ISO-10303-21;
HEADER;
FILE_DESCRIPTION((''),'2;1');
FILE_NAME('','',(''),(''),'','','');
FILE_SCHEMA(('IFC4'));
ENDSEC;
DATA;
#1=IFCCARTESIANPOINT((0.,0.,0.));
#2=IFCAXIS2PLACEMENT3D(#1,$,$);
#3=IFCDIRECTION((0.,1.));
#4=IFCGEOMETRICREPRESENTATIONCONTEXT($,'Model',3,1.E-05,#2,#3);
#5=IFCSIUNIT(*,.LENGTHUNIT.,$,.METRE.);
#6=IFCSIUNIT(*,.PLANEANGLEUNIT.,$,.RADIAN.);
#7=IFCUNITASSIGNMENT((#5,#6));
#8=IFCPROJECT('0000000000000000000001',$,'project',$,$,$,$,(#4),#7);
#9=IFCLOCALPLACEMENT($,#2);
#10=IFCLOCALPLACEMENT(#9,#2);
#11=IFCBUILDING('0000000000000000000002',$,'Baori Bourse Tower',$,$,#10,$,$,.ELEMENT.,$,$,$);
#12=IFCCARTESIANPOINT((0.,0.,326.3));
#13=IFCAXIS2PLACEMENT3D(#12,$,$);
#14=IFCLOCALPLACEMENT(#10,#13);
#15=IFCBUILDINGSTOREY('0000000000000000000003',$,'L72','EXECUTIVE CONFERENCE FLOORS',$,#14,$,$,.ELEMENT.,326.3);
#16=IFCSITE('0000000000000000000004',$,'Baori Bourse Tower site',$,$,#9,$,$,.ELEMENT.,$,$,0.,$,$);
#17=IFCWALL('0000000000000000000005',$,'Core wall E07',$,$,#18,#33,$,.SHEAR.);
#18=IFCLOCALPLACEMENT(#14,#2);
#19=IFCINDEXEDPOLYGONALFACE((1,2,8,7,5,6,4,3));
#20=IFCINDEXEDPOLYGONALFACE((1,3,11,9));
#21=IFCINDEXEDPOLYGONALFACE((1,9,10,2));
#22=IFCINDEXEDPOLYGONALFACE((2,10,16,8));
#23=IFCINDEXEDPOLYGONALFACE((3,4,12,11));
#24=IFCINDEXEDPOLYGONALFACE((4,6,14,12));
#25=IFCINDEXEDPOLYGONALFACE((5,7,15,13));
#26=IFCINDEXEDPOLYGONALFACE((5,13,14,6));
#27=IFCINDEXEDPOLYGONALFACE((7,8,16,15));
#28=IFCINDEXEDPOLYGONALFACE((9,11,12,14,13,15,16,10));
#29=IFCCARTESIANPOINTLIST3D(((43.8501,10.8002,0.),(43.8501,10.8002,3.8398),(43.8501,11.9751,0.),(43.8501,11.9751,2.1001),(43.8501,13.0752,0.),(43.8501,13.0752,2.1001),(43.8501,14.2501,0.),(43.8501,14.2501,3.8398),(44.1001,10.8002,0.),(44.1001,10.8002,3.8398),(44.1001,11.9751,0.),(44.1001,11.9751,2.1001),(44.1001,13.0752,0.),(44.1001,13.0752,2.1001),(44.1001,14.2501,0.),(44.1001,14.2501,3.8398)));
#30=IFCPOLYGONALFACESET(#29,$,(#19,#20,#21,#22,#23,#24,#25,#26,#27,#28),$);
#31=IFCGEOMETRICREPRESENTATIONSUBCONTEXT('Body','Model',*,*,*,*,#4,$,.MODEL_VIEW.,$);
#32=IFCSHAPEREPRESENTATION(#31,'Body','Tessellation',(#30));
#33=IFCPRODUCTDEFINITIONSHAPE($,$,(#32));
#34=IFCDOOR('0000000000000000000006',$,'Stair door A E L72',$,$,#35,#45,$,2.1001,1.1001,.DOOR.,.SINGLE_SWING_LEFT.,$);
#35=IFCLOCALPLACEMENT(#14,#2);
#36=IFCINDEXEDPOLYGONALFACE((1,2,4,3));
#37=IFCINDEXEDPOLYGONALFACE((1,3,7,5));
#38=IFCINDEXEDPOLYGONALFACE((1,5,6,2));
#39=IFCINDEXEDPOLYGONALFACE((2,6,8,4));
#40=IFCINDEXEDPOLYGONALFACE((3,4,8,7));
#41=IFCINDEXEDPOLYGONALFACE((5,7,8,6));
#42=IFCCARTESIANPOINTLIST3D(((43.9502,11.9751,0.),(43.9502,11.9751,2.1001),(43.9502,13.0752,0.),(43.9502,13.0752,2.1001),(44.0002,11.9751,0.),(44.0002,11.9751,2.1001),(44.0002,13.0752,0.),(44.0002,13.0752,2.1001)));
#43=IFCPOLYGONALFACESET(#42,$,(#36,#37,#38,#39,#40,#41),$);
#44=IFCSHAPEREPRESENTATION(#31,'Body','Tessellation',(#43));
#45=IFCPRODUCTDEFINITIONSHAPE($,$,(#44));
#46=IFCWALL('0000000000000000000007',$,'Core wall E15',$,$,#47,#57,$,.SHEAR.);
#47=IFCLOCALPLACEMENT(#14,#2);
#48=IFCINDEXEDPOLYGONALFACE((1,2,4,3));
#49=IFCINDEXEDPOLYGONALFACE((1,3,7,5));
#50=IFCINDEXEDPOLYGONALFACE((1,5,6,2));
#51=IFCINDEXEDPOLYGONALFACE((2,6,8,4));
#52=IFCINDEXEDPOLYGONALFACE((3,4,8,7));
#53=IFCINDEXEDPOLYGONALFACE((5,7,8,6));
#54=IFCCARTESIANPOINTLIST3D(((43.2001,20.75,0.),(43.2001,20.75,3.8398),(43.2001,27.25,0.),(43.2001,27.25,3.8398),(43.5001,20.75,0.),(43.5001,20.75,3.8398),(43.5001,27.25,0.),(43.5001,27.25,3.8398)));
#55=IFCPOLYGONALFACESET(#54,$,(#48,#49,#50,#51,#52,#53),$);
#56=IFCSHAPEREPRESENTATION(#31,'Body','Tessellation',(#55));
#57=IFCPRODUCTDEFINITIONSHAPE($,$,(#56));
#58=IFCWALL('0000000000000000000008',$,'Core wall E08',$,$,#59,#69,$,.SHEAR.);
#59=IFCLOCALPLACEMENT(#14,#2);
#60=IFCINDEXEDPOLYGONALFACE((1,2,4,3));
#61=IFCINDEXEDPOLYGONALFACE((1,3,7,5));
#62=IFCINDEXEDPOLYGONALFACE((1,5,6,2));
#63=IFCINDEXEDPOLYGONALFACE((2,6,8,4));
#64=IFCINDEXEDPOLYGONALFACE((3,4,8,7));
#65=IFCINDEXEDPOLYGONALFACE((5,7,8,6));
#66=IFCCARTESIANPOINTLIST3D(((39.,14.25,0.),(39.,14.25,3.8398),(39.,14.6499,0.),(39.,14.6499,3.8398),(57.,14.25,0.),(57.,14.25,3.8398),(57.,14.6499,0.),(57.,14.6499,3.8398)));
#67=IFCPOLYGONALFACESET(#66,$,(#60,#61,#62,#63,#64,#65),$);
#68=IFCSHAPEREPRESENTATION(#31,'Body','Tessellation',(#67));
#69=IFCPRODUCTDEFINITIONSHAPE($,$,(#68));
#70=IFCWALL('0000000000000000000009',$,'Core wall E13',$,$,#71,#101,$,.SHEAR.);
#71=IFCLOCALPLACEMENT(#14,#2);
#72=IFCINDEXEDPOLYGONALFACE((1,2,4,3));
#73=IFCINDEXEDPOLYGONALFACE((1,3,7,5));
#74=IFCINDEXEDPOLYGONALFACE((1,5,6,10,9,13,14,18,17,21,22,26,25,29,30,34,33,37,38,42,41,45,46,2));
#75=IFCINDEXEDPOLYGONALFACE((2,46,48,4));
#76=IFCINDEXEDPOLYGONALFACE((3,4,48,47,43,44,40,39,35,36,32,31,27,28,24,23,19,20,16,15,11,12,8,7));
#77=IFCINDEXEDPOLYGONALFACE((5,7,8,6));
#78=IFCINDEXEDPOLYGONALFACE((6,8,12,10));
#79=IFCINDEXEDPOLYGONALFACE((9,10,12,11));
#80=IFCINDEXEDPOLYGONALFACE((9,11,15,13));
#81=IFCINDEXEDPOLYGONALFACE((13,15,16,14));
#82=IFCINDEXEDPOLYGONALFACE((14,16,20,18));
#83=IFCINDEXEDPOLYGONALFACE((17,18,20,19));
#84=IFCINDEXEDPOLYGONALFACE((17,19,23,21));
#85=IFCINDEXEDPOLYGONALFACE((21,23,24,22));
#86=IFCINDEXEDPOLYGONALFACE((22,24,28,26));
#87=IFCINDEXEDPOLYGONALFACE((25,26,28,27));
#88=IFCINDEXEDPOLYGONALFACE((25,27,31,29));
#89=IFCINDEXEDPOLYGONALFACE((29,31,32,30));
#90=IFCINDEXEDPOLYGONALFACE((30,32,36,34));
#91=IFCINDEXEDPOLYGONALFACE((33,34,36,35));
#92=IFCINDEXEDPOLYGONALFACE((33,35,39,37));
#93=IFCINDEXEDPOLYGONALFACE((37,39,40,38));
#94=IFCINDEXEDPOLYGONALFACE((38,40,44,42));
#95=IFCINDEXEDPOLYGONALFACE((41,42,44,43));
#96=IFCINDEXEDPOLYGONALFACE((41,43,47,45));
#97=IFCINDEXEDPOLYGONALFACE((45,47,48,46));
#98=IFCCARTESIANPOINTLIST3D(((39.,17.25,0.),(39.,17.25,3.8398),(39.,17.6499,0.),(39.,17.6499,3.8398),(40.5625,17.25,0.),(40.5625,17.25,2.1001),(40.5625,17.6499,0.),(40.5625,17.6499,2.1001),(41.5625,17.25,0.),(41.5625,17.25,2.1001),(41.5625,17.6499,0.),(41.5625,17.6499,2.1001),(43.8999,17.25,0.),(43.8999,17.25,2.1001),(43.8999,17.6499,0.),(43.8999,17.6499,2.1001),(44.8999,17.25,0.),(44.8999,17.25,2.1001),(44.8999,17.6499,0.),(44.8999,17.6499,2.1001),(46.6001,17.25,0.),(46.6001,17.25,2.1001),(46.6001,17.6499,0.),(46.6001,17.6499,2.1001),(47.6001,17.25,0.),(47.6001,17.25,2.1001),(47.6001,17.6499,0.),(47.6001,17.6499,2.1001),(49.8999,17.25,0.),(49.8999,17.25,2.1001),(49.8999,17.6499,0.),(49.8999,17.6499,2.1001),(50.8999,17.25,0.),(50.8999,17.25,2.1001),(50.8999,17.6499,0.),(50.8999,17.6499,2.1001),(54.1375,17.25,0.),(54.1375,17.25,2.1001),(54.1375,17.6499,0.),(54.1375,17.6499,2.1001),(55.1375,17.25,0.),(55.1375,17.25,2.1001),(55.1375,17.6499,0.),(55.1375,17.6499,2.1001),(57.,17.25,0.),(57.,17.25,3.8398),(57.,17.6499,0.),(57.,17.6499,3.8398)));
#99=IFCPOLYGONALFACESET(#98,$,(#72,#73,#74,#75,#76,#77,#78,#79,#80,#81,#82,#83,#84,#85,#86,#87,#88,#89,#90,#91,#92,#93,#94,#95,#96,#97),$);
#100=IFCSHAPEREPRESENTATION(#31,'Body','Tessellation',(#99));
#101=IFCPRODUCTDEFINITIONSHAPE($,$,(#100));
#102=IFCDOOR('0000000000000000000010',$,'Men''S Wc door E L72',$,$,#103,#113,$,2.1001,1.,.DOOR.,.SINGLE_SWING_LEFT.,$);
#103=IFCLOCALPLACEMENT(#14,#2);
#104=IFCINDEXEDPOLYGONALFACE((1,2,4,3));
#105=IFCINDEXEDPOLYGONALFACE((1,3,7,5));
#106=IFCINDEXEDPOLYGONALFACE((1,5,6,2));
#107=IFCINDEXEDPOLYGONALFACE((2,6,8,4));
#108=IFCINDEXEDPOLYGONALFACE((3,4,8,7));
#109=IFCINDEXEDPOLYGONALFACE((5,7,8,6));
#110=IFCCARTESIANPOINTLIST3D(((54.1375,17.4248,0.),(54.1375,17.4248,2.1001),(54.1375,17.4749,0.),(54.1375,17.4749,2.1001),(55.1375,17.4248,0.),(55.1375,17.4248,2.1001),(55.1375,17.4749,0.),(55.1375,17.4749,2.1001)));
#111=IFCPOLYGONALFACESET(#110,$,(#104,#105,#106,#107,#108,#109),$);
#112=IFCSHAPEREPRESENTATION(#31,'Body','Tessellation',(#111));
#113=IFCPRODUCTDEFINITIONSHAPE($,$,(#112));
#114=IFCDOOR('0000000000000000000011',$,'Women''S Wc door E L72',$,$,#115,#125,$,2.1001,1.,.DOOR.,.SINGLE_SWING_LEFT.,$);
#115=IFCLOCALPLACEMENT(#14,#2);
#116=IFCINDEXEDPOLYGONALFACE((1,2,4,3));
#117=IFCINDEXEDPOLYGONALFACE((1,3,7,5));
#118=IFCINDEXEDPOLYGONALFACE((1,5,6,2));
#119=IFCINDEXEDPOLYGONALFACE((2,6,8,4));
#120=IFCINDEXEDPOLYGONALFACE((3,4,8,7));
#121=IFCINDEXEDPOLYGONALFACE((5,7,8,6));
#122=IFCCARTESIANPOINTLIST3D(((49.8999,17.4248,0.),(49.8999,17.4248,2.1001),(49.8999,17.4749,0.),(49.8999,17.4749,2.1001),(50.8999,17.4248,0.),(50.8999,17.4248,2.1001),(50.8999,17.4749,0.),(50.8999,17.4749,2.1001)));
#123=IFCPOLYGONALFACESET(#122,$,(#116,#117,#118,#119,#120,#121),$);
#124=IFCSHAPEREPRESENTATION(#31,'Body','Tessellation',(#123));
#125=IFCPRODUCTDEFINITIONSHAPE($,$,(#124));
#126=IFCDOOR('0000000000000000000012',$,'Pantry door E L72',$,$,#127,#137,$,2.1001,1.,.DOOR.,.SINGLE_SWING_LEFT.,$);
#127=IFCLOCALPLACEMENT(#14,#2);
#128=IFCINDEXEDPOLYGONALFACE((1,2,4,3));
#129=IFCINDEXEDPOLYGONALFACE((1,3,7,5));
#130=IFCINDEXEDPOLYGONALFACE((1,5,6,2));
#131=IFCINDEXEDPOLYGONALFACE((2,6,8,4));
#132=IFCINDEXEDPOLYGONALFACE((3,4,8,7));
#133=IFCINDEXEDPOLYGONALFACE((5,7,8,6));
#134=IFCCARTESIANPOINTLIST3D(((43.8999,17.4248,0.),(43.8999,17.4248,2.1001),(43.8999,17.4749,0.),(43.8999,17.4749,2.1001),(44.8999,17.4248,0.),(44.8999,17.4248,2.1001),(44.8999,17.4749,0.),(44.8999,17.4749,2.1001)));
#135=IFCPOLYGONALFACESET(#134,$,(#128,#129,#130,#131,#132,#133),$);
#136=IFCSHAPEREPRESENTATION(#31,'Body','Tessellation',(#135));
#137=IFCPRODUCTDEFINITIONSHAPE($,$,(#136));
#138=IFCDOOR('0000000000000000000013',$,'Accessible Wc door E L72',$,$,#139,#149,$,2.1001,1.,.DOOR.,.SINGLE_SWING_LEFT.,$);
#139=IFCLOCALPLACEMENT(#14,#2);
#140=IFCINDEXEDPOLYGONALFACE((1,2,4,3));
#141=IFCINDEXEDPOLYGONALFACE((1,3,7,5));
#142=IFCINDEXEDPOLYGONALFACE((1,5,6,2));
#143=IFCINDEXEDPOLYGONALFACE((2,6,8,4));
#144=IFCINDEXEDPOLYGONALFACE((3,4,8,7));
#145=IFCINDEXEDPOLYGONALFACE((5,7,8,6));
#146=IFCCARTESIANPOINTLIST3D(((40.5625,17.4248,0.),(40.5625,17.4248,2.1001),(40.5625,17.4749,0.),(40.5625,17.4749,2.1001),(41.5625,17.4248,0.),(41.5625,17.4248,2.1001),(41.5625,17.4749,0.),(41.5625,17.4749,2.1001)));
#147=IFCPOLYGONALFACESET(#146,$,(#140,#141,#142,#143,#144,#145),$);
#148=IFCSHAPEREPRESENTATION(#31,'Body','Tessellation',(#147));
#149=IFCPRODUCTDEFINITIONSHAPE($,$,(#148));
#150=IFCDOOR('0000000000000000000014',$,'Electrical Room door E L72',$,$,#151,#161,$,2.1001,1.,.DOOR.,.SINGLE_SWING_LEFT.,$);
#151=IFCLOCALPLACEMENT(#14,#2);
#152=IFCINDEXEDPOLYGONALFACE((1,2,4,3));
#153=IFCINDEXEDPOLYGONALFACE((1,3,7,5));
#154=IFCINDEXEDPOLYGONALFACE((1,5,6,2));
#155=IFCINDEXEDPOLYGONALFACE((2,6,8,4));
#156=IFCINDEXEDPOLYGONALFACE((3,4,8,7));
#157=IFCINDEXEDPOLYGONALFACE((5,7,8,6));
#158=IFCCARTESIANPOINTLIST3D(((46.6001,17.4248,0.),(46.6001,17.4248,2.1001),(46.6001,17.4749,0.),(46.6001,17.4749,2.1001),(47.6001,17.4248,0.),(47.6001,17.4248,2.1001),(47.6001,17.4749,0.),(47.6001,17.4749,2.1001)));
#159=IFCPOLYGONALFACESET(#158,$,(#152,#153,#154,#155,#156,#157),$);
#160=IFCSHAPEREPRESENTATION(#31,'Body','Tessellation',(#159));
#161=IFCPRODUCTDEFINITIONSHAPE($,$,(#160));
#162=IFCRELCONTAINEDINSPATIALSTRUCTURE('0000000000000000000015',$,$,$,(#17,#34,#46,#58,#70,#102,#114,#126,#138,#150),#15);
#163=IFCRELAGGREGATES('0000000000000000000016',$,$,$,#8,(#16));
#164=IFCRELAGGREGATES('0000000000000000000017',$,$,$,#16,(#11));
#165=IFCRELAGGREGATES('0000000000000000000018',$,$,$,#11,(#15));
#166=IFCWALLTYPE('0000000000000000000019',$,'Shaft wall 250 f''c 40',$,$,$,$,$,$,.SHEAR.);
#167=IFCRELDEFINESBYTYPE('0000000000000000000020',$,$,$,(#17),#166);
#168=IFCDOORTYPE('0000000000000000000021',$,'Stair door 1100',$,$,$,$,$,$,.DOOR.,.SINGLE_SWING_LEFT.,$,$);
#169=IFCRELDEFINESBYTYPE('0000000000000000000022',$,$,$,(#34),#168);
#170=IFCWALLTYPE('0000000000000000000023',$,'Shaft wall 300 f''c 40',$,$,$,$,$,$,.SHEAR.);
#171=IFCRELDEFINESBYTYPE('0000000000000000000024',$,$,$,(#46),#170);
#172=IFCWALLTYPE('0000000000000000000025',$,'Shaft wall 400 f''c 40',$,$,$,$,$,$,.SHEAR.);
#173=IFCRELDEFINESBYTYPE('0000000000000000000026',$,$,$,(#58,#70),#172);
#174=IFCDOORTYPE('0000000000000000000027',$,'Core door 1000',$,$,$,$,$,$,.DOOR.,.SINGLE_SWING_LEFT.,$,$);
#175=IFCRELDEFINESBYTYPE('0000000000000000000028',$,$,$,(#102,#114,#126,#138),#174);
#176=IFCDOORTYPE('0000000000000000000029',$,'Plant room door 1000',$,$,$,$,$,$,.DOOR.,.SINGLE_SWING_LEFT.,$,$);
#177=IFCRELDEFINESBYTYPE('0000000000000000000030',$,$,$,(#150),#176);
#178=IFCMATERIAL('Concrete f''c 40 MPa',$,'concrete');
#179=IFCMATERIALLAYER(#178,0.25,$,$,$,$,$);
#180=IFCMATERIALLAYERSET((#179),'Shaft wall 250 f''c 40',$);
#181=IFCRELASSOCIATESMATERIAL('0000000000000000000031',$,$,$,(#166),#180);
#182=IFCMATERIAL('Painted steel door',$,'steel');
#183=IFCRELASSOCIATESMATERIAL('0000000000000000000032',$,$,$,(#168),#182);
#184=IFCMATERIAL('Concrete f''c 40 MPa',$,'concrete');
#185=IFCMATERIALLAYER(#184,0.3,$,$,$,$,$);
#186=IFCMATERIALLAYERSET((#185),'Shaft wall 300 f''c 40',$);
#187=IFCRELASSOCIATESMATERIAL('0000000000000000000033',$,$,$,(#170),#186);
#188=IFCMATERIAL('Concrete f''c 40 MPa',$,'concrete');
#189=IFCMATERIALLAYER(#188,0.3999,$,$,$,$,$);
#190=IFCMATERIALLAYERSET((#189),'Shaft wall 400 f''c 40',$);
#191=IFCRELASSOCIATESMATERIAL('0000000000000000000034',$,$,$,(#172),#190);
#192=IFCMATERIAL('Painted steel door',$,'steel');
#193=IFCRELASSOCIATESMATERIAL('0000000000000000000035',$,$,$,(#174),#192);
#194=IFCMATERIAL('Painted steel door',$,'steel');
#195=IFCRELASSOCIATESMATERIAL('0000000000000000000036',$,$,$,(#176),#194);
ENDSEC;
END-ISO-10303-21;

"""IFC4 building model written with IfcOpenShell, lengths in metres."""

from ifc_helpers import new_model, si_unit, direction, frame, frame_2d, origin, place, context, subcontext, project, spatial, rectangle, extrude, material, layer, layer_set, type_object, element, fill, save


model = new_model("IFC4")

# Units and contexts
model_context = context("Model", 3, precision=1e-05, world=origin(), true_north=direction((0.0, 1.0)))
body_context = subcontext(model_context, "Body", "Model", "MODEL_VIEW")
ifc_project = project(units=[si_unit("LENGTHUNIT", "METRE"), si_unit("PLANEANGLEUNIT", "RADIAN")], contexts=[model_context])

# Site, building, storey
site_placement = place(None, origin())
site = spatial("IfcSite", under=ifc_project, at=site_placement, Name="Baori Bourse Tower site", CompositionType="ELEMENT", RefElevation=0.0)
building_placement = place(site_placement, origin())
building = spatial("IfcBuilding", under=site, at=building_placement, Name="Baori Bourse Tower", CompositionType="ELEMENT")
storey_placement = place(building_placement, frame((0.0, 0.0, 326.3)))
storey = spatial("IfcBuildingStorey", under=building, at=storey_placement, Name="L72", Description="EXECUTIVE CONFERENCE FLOORS", CompositionType="ELEMENT", Elevation=326.3)

# Wall, opening, door
ifc_material_1 = material(Name="Concrete f'c 40 MPa", Category="concrete")
ifc_layer_1 = layer(ifc_material_1, 0.25)
ifc_layer_set_1 = layer_set([ifc_layer_1], Name="Shaft wall 250 f'c 40")
wall_type_1 = type_object("IfcWallType", Name="Shaft wall 250 f'c 40", PredefinedType="SHEAR", material=ifc_layer_set_1)
wall_1_placement = place(storey_placement, frame((43.9751, 10.8, 0.0), z_axis=(0.0, 0.0, 1.0), x_axis=(0.0, 1.0, 0.0)))
wall_1 = element("IfcWall", 1, at=wall_1_placement, inside=storey, type_object=wall_type_1, Name="Core wall E07", PredefinedType="SHEAR", context=body_context, shape_type="SweptSolid", body=[
    extrude(rectangle(XDim=3.45, YDim=0.25, at=frame_2d((1.7251, 0.0))), origin(), (0.0, 0.0, 1.0), 3.8398),
])
opening_1_placement = place(wall_1_placement, frame((1.175, 0.0, 0.0)))
opening_1 = element("IfcOpeningElement", 2, at=opening_1_placement, cuts=wall_1, PredefinedType="OPENING", context=body_context, shape_type="SweptSolid", body=[
    extrude(rectangle(XDim=1.1001, YDim=2.1001, at=frame_2d((0.55, 1.05))), frame((0.0, 0.135, 0.0), z_axis=(0.0, -1.0, 0.0), x_axis=(1.0, 0.0, 0.0)), (0.0, 0.0, 1.0), 0.27),
])
ifc_material_2 = material(Name="Painted steel door", Category="steel")
door_type_1 = type_object("IfcDoorType", Name="Stair door 1100", OperationType="SINGLE_SWING_LEFT", PredefinedType="DOOR", material=ifc_material_2)
door_1_placement = place(opening_1_placement, origin())
door_1 = element("IfcDoor", 3, at=door_1_placement, inside=storey, type_object=door_type_1, Name="Stair door A E L72", OperationType="SINGLE_SWING_LEFT", OverallHeight=2.1001, OverallWidth=1.1001, PredefinedType="DOOR", context=body_context, shape_type="SweptSolid", body=[
    extrude(rectangle(XDim=1.1001, YDim=2.1001, at=frame_2d((0.55, 1.05))), frame((0.0, 0.0249, 0.0), z_axis=(0.0, -1.0, 0.0), x_axis=(1.0, 0.0, 0.0)), (0.0, 0.0, 1.0), 0.05),
])
fill(opening_1, door_1)

# Walls
ifc_material_3 = material(Name="Concrete f'c 40 MPa", Category="concrete")
ifc_layer_2 = layer(ifc_material_3, 0.3)
ifc_layer_set_2 = layer_set([ifc_layer_2], Name="Shaft wall 300 f'c 40")
wall_type_2 = type_object("IfcWallType", Name="Shaft wall 300 f'c 40", PredefinedType="SHEAR", material=ifc_layer_set_2)
wall_2_placement = place(storey_placement, frame((43.3501, 20.75, 0.0), z_axis=(0.0, 0.0, 1.0), x_axis=(0.0, 1.0, 0.0)))
element("IfcWall", 4, at=wall_2_placement, inside=storey, type_object=wall_type_2, Name="Core wall E15", PredefinedType="SHEAR", context=body_context, shape_type="SweptSolid", body=[
    extrude(rectangle(XDim=6.5, YDim=0.3, at=frame_2d((3.25, 0.0))), origin(), (0.0, 0.0, 1.0), 3.8398),
])
ifc_material_4 = material(Name="Concrete f'c 40 MPa", Category="concrete")
ifc_layer_3 = layer(ifc_material_4, 0.3999)
ifc_layer_set_3 = layer_set([ifc_layer_3], Name="Shaft wall 400 f'c 40")
wall_type_3 = type_object("IfcWallType", Name="Shaft wall 400 f'c 40", PredefinedType="SHEAR", material=ifc_layer_set_3)
wall_3_placement = place(storey_placement, frame((39.0, 14.45, 0.0), z_axis=(0.0, 0.0, 1.0), x_axis=(1.0, 0.0, 0.0)))
element("IfcWall", 5, at=wall_3_placement, inside=storey, type_object=wall_type_3, Name="Core wall E08", PredefinedType="SHEAR", context=body_context, shape_type="SweptSolid", body=[
    extrude(rectangle(XDim=18.0, YDim=0.3999, at=frame_2d((9.0, 0.0))), origin(), (0.0, 0.0, 1.0), 3.8398),
])

# Wall, openings, doors
wall_4_placement = place(storey_placement, frame((39.0, 17.45, 0.0), z_axis=(0.0, 0.0, 1.0), x_axis=(1.0, 0.0, 0.0)))
wall_4 = element("IfcWall", 6, at=wall_4_placement, inside=storey, type_object=wall_type_3, Name="Core wall E13", PredefinedType="SHEAR", context=body_context, shape_type="SweptSolid", body=[
    extrude(rectangle(XDim=18.0, YDim=0.3999, at=frame_2d((9.0, 0.0))), origin(), (0.0, 0.0, 1.0), 3.8398),
])
opening_2_placement = place(wall_4_placement, frame((15.1375, 0.0, 0.0)))
opening_2 = element("IfcOpeningElement", 7, at=opening_2_placement, cuts=wall_4, PredefinedType="OPENING", context=body_context, shape_type="SweptSolid", body=[
    extrude(rectangle(XDim=1.0, YDim=2.1001, at=frame_2d((0.5, 1.05))), frame((0.0, 0.21, 0.0), z_axis=(0.0, -1.0, 0.0), x_axis=(1.0, 0.0, 0.0)), (0.0, 0.0, 1.0), 0.4199),
])
opening_3_placement = place(wall_4_placement, frame((10.8999, 0.0, 0.0)))
opening_3 = element("IfcOpeningElement", 8, at=opening_3_placement, cuts=wall_4, PredefinedType="OPENING", context=body_context, shape_type="SweptSolid", body=[
    extrude(rectangle(XDim=1.0, YDim=2.1001, at=frame_2d((0.5, 1.05))), frame((0.0, 0.21, 0.0), z_axis=(0.0, -1.0, 0.0), x_axis=(1.0, 0.0, 0.0)), (0.0, 0.0, 1.0), 0.4199),
])
opening_4_placement = place(wall_4_placement, frame((7.6001, 0.0, 0.0)))
opening_4 = element("IfcOpeningElement", 9, at=opening_4_placement, cuts=wall_4, PredefinedType="OPENING", context=body_context, shape_type="SweptSolid", body=[
    extrude(rectangle(XDim=1.0, YDim=2.1001, at=frame_2d((0.5, 1.05))), frame((0.0, 0.21, 0.0), z_axis=(0.0, -1.0, 0.0), x_axis=(1.0, 0.0, 0.0)), (0.0, 0.0, 1.0), 0.4199),
])
opening_5_placement = place(wall_4_placement, frame((4.8999, 0.0, 0.0)))
opening_5 = element("IfcOpeningElement", 10, at=opening_5_placement, cuts=wall_4, PredefinedType="OPENING", context=body_context, shape_type="SweptSolid", body=[
    extrude(rectangle(XDim=1.0, YDim=2.1001, at=frame_2d((0.5, 1.05))), frame((0.0, 0.21, 0.0), z_axis=(0.0, -1.0, 0.0), x_axis=(1.0, 0.0, 0.0)), (0.0, 0.0, 1.0), 0.4199),
])
opening_6_placement = place(wall_4_placement, frame((1.5625, 0.0, 0.0)))
opening_6 = element("IfcOpeningElement", 11, at=opening_6_placement, cuts=wall_4, PredefinedType="OPENING", context=body_context, shape_type="SweptSolid", body=[
    extrude(rectangle(XDim=1.0, YDim=2.1001, at=frame_2d((0.5, 1.05))), frame((0.0, 0.21, 0.0), z_axis=(0.0, -1.0, 0.0), x_axis=(1.0, 0.0, 0.0)), (0.0, 0.0, 1.0), 0.4199),
])
ifc_material_5 = material(Name="Painted steel door", Category="steel")
door_type_2 = type_object("IfcDoorType", Name="Core door 1000", OperationType="SINGLE_SWING_LEFT", PredefinedType="DOOR", material=ifc_material_5)
door_2_placement = place(opening_2_placement, origin())
door_2 = element("IfcDoor", 12, at=door_2_placement, inside=storey, type_object=door_type_2, Name="Men'S Wc door E L72", OperationType="SINGLE_SWING_LEFT", OverallHeight=2.1001, OverallWidth=1.0, PredefinedType="DOOR", context=body_context, shape_type="SweptSolid", body=[
    extrude(rectangle(XDim=1.0, YDim=2.1001, at=frame_2d((0.5, 1.05))), frame((0.0, 0.0249, 0.0), z_axis=(0.0, -1.0, 0.0), x_axis=(1.0, 0.0, 0.0)), (0.0, 0.0, 1.0), 0.05),
])
fill(opening_2, door_2)
door_3_placement = place(opening_3_placement, origin())
door_3 = element("IfcDoor", 13, at=door_3_placement, inside=storey, type_object=door_type_2, Name="Women'S Wc door E L72", OperationType="SINGLE_SWING_LEFT", OverallHeight=2.1001, OverallWidth=1.0, PredefinedType="DOOR", context=body_context, shape_type="SweptSolid", body=[
    extrude(rectangle(XDim=1.0, YDim=2.1001, at=frame_2d((0.5, 1.05))), frame((0.0, 0.0249, 0.0), z_axis=(0.0, -1.0, 0.0), x_axis=(1.0, 0.0, 0.0)), (0.0, 0.0, 1.0), 0.05),
])
fill(opening_3, door_3)
door_4_placement = place(opening_5_placement, origin())
door_4 = element("IfcDoor", 14, at=door_4_placement, inside=storey, type_object=door_type_2, Name="Pantry door E L72", OperationType="SINGLE_SWING_LEFT", OverallHeight=2.1001, OverallWidth=1.0, PredefinedType="DOOR", context=body_context, shape_type="SweptSolid", body=[
    extrude(rectangle(XDim=1.0, YDim=2.1001, at=frame_2d((0.5, 1.05))), frame((0.0, 0.0249, 0.0), z_axis=(0.0, -1.0, 0.0), x_axis=(1.0, 0.0, 0.0)), (0.0, 0.0, 1.0), 0.05),
])
fill(opening_5, door_4)
door_5_placement = place(opening_6_placement, origin())
door_5 = element("IfcDoor", 15, at=door_5_placement, inside=storey, type_object=door_type_2, Name="Accessible Wc door E L72", OperationType="SINGLE_SWING_LEFT", OverallHeight=2.1001, OverallWidth=1.0, PredefinedType="DOOR", context=body_context, shape_type="SweptSolid", body=[
    extrude(rectangle(XDim=1.0, YDim=2.1001, at=frame_2d((0.5, 1.05))), frame((0.0, 0.0249, 0.0), z_axis=(0.0, -1.0, 0.0), x_axis=(1.0, 0.0, 0.0)), (0.0, 0.0, 1.0), 0.05),
])
fill(opening_6, door_5)
ifc_material_6 = material(Name="Painted steel door", Category="steel")
door_type_3 = type_object("IfcDoorType", Name="Plant room door 1000", OperationType="SINGLE_SWING_LEFT", PredefinedType="DOOR", material=ifc_material_6)
door_6_placement = place(opening_4_placement, origin())
door_6 = element("IfcDoor", 16, at=door_6_placement, inside=storey, type_object=door_type_3, Name="Electrical Room door E L72", OperationType="SINGLE_SWING_LEFT", OverallHeight=2.1001, OverallWidth=1.0, PredefinedType="DOOR", context=body_context, shape_type="SweptSolid", body=[
    extrude(rectangle(XDim=1.0, YDim=2.1001, at=frame_2d((0.5, 1.05))), frame((0.0, 0.0249, 0.0), z_axis=(0.0, -1.0, 0.0), x_axis=(1.0, 0.0, 0.0)), (0.0, 0.0, 1.0), 0.05),
])
fill(opening_4, door_6)

save(model, "model.ifc")
